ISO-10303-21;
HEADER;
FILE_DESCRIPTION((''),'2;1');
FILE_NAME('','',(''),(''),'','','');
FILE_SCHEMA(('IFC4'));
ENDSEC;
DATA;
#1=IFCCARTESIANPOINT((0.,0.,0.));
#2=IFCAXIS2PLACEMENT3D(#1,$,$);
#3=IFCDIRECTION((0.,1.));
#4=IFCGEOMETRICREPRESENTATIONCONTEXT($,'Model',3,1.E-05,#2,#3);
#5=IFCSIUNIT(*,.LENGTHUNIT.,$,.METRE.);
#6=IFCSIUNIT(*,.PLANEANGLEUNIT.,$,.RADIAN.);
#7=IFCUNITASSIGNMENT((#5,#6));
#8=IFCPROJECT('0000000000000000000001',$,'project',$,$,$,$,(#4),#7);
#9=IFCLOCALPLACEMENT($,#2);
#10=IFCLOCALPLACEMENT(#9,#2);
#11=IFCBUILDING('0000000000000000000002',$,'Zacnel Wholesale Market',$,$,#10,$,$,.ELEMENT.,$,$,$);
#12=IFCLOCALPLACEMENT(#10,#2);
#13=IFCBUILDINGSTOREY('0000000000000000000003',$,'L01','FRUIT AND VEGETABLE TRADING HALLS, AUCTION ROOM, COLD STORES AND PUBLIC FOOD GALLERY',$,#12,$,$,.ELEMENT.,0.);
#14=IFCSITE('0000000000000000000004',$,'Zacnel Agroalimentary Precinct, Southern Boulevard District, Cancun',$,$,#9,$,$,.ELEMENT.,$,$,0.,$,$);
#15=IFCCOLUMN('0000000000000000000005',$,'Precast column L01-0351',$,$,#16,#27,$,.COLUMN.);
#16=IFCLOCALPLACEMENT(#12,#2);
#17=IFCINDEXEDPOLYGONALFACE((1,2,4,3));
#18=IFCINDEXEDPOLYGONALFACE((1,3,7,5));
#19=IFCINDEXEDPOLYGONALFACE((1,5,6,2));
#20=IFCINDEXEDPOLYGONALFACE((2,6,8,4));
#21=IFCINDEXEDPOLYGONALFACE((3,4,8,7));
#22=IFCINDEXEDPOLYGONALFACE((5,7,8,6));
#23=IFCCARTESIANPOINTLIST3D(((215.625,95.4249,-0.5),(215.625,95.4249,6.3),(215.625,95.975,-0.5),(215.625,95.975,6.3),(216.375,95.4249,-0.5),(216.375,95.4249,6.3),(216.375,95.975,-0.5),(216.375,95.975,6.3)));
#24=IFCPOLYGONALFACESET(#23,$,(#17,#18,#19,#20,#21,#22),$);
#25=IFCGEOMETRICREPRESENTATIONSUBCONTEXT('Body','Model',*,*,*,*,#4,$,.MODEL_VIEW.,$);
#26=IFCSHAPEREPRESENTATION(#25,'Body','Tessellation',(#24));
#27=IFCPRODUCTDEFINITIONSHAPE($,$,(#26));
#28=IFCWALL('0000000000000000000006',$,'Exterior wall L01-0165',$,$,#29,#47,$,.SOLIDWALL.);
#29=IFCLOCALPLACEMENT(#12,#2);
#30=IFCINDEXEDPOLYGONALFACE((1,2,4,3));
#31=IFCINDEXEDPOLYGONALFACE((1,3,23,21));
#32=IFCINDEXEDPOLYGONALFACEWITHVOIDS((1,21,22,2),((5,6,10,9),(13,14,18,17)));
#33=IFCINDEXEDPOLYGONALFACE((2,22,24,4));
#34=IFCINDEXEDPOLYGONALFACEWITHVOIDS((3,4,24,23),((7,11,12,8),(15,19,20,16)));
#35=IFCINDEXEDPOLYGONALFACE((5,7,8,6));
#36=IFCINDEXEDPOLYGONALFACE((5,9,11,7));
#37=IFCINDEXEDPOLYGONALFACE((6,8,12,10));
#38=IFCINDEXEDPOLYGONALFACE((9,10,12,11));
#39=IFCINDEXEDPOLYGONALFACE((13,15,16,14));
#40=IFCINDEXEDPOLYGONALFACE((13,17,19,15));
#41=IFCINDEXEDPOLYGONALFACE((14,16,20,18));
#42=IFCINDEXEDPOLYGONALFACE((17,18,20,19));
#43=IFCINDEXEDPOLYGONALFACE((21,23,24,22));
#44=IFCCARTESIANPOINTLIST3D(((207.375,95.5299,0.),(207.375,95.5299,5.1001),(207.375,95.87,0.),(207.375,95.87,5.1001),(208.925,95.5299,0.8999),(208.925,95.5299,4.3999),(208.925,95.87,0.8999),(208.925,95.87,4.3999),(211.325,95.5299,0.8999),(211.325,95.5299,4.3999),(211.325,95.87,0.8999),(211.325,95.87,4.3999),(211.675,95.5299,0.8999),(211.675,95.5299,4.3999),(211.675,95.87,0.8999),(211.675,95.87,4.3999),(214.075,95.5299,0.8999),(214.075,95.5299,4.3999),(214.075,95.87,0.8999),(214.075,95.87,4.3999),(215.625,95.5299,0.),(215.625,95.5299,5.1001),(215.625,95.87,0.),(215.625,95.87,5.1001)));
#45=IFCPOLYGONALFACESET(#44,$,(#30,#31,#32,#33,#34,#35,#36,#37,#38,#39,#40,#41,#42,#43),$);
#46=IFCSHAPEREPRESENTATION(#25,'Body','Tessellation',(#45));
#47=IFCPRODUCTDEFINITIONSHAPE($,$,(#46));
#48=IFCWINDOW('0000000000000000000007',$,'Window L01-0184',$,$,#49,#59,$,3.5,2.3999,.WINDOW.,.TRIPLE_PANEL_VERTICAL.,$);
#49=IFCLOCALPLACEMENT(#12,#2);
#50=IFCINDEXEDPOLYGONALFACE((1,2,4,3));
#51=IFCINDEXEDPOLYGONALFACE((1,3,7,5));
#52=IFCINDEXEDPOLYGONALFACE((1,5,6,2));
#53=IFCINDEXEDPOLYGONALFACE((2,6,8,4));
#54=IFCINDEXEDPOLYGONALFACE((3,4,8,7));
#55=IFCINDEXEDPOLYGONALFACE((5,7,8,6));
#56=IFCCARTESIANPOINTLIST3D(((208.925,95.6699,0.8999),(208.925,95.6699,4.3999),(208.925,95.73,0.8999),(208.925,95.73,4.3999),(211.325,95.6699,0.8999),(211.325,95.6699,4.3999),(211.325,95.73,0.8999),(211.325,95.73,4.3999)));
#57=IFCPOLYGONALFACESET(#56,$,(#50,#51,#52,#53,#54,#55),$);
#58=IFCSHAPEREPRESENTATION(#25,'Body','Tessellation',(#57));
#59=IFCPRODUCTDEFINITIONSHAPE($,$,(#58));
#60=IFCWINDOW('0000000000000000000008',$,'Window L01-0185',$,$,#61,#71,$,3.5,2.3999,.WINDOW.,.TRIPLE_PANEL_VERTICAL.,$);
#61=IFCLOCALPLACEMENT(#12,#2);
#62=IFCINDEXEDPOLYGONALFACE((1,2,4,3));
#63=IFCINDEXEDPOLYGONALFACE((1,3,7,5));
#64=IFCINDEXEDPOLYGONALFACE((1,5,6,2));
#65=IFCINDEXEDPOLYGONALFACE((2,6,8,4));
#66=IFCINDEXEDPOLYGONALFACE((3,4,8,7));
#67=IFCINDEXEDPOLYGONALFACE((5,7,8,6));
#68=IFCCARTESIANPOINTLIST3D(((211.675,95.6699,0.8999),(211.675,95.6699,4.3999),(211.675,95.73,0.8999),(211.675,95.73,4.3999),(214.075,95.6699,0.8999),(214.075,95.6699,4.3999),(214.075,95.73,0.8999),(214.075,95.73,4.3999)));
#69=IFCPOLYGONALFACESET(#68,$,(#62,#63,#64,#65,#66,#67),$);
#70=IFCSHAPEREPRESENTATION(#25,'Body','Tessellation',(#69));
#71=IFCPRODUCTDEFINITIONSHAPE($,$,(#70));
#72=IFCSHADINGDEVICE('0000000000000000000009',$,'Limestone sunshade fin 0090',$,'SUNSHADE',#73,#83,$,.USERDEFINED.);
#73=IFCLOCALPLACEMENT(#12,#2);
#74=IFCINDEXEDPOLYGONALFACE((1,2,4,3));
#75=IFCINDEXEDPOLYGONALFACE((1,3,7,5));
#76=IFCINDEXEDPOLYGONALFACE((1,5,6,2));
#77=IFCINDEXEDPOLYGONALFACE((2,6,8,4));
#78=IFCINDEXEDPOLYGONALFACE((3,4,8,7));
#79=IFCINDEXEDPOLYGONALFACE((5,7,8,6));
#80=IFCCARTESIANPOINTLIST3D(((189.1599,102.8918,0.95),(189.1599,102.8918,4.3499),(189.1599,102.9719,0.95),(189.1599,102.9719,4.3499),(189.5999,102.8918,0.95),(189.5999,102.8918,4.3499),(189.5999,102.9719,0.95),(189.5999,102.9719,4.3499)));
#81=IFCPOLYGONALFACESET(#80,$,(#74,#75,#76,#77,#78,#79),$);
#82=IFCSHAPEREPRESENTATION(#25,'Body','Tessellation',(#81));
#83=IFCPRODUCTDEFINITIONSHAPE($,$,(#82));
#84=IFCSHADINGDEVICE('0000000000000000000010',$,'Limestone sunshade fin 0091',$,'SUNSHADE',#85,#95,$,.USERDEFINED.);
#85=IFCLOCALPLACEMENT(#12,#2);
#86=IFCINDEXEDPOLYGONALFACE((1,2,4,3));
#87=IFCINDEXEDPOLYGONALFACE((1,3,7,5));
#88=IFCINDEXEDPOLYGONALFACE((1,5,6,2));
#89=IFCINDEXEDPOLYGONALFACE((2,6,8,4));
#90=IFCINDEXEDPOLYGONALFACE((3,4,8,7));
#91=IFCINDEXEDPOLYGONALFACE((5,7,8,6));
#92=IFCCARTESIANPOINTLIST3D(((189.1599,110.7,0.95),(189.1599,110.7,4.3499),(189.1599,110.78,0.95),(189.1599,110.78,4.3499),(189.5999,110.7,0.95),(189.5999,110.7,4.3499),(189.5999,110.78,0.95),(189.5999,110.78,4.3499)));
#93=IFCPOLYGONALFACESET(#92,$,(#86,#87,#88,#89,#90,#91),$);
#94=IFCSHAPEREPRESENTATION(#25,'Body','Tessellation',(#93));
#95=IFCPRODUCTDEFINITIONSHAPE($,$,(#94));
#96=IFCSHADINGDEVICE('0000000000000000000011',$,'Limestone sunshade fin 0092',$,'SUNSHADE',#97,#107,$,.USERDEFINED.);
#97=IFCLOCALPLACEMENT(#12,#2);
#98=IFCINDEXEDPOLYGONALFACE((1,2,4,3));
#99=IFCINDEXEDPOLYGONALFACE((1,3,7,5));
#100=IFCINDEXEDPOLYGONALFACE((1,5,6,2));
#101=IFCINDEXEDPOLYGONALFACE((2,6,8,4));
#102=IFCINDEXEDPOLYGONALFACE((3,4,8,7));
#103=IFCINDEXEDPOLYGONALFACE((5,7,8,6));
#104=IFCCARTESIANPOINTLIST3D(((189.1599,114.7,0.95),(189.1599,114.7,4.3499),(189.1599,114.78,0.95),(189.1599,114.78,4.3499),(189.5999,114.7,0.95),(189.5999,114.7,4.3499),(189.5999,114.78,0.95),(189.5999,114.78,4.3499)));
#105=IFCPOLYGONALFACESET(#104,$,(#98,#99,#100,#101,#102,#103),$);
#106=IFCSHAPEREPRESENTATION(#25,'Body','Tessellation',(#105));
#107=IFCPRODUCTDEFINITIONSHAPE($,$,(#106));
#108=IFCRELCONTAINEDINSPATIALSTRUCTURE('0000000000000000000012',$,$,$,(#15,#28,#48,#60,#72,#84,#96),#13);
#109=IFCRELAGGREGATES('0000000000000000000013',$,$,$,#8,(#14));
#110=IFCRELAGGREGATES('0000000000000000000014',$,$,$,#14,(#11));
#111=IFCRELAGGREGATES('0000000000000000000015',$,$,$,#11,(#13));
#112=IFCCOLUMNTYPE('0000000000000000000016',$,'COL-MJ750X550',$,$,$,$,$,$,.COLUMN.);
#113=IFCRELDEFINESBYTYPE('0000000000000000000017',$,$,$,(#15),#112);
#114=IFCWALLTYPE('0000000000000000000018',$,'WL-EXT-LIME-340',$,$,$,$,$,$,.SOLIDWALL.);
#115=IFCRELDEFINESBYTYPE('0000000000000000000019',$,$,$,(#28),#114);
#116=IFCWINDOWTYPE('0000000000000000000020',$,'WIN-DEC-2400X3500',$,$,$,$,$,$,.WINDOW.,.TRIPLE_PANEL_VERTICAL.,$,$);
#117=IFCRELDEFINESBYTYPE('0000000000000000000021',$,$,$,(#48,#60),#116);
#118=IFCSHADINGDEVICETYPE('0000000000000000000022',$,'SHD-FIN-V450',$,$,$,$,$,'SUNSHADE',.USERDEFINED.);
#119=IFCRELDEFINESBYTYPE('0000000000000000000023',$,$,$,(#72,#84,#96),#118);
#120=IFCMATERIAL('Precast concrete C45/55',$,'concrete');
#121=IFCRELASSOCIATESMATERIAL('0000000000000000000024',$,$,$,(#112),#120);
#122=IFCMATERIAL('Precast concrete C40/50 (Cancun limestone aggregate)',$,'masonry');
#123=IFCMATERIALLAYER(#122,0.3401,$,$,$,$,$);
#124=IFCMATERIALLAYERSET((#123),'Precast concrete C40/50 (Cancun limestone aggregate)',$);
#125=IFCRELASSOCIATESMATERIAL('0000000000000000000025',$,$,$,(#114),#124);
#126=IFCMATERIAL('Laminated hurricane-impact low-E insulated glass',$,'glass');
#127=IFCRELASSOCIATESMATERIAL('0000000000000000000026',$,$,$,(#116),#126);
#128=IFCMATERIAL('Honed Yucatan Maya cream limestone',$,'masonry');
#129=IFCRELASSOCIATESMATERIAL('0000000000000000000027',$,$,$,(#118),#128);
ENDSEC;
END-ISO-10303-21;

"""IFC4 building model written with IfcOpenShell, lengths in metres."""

from ifc_helpers import new_model, si_unit, direction, frame, frame_2d, origin, origin_2d, place, context, subcontext, project, spatial, rectangle, extrude, material, layer, layer_set, material_profile, profile_set, type_object, element, fill, save


model = new_model("IFC4")

# Units and contexts
model_context = context("Model", 3, precision=1e-05, world=origin(), true_north=direction((0.0, 1.0)))
body_context = subcontext(model_context, "Body", "Model", "MODEL_VIEW")
ifc_project = project(units=[si_unit("LENGTHUNIT", "METRE"), si_unit("PLANEANGLEUNIT", "RADIAN")], contexts=[model_context])

# Site, building, storey
site_placement = place(None, origin())
site = spatial("IfcSite", under=ifc_project, at=site_placement, Name="Zacnel Agroalimentary Precinct, Southern Boulevard District, Cancun", CompositionType="ELEMENT", RefElevation=0.0)
building_placement = place(site_placement, origin())
building = spatial("IfcBuilding", under=site, at=building_placement, Name="Zacnel Wholesale Market", CompositionType="ELEMENT")
storey_placement = place(building_placement, origin())
storey = spatial("IfcBuildingStorey", under=building, at=storey_placement, Name="L01", Description="FRUIT AND VEGETABLE TRADING HALLS, AUCTION ROOM, COLD STORES AND PUBLIC FOOD GALLERY", CompositionType="ELEMENT", Elevation=0.0)

# Column
ifc_material_1 = material(Name="Precast concrete C45/55", Category="concrete")
ifc_material_profile_1 = material_profile(ifc_material_1, rectangle(XDim=0.75, YDim=0.55, at=origin_2d()), Name="PC 750x550")
ifc_profile_set_1 = profile_set([ifc_material_profile_1], Name="Precast concrete C45/55")
column_type = type_object("IfcColumnType", Name="COL-MJ750X550", PredefinedType="COLUMN", material=ifc_profile_set_1)
for number, where, z_axis, x_axis, name in (
    (1, (216.0, 95.7, -0.5), (0.0, 0.0, 1.0), (1.0, 0.0, 0.0), "Precast column L01-0351"),
):
    element("IfcColumn", number, at=place(storey_placement, frame(where, z_axis=z_axis, x_axis=x_axis)), inside=storey, type_object=column_type, Name=name, PredefinedType="COLUMN", context=body_context, shape_type="SweptSolid", body=[
        extrude(rectangle(XDim=0.75, YDim=0.55, at=origin_2d()), origin(), (0.0, 0.0, 1.0), 6.8),
    ])

# Wall, openings, windows
ifc_material_2 = material(Name="Precast concrete C40/50 (Cancun limestone aggregate)", Category="masonry")
ifc_layer_1 = layer(ifc_material_2, 0.3401)
ifc_layer_set_1 = layer_set([ifc_layer_1], Name="Precast concrete C40/50 (Cancun limestone aggregate)")
wall_type = type_object("IfcWallType", Name="WL-EXT-LIME-340", PredefinedType="SOLIDWALL", material=ifc_layer_set_1)
wall_placement = place(storey_placement, frame((207.375, 95.7, 0.0), z_axis=(0.0, 0.0, 1.0), x_axis=(1.0, 0.0, 0.0)))
wall = element("IfcWall", 2, at=wall_placement, inside=storey, type_object=wall_type, Name="Exterior wall L01-0165", PredefinedType="SOLIDWALL", context=body_context, shape_type="SweptSolid", body=[
    extrude(rectangle(XDim=8.25, YDim=0.3401, at=frame_2d((4.125, 0.0))), origin(), (0.0, 0.0, 1.0), 5.1001),
])
opening_1_placement = place(wall_placement, frame((1.55, 0.0, 0.8999)))
opening_1 = element("IfcOpeningElement", 3, at=opening_1_placement, cuts=wall, PredefinedType="OPENING", context=body_context, shape_type="SweptSolid", body=[
    extrude(rectangle(XDim=2.3999, YDim=3.5, at=frame_2d((1.2, 1.75))), frame((0.0, 0.1799, 0.0), z_axis=(0.0, -1.0, 0.0), x_axis=(1.0, 0.0, 0.0)), (0.0, 0.0, 1.0), 0.3601),
])
opening_2_placement = place(wall_placement, frame((4.3, 0.0, 0.8999)))
opening_2 = element("IfcOpeningElement", 4, at=opening_2_placement, cuts=wall, PredefinedType="OPENING", context=body_context, shape_type="SweptSolid", body=[
    extrude(rectangle(XDim=2.3999, YDim=3.5, at=frame_2d((1.2, 1.75))), frame((0.0, 0.1799, 0.0), z_axis=(0.0, -1.0, 0.0), x_axis=(1.0, 0.0, 0.0)), (0.0, 0.0, 1.0), 0.3601),
])
ifc_material_3 = material(Name="Laminated hurricane-impact low-E insulated glass", Category="glass")
window_type = type_object("IfcWindowType", Name="WIN-DEC-2400X3500", PartitioningType="TRIPLE_PANEL_VERTICAL", PredefinedType="WINDOW", material=ifc_material_3)
window_1_placement = place(opening_1_placement, origin())
window_1 = element("IfcWindow", 5, at=window_1_placement, inside=storey, type_object=window_type, Name="Window L01-0184", OverallHeight=3.5, OverallWidth=2.3999, PartitioningType="TRIPLE_PANEL_VERTICAL", PredefinedType="WINDOW", context=body_context, shape_type="SweptSolid", body=[
    extrude(rectangle(XDim=2.3999, YDim=3.5, at=frame_2d((1.2, 1.75))), frame((0.0, 0.03, 0.0), z_axis=(0.0, -1.0, 0.0), x_axis=(1.0, 0.0, 0.0)), (0.0, 0.0, 1.0), 0.0601),
])
fill(opening_1, window_1)
window_2_placement = place(opening_2_placement, origin())
window_2 = element("IfcWindow", 6, at=window_2_placement, inside=storey, type_object=window_type, Name="Window L01-0185", OverallHeight=3.5, OverallWidth=2.3999, PartitioningType="TRIPLE_PANEL_VERTICAL", PredefinedType="WINDOW", context=body_context, shape_type="SweptSolid", body=[
    extrude(rectangle(XDim=2.3999, YDim=3.5, at=frame_2d((1.2, 1.75))), frame((0.0, 0.03, 0.0), z_axis=(0.0, -1.0, 0.0), x_axis=(1.0, 0.0, 0.0)), (0.0, 0.0, 1.0), 0.0601),
])
fill(opening_2, window_2)

# Shading devices
ifc_material_4 = material(Name="Honed Yucatan Maya cream limestone", Category="masonry")
shading_device_type = type_object("IfcShadingDeviceType", Name="SHD-FIN-V450", ElementType="SUNSHADE", PredefinedType="USERDEFINED", material=ifc_material_4)
for number, where, z_axis, x_axis, name in (
    (7, (189.3799, 102.9319, 0.95), (0.0, 0.0, 1.0), (0.0, 1.0, 0.0), "Limestone sunshade fin 0090"),
    (8, (189.3799, 110.74, 0.95), (0.0, 0.0, 1.0), (0.0, 1.0, 0.0), "Limestone sunshade fin 0091"),
    (9, (189.3799, 114.74, 0.95), (0.0, 0.0, 1.0), (0.0, 1.0, 0.0), "Limestone sunshade fin 0092"),
):
    element("IfcShadingDevice", number, at=place(storey_placement, frame(where, z_axis=z_axis, x_axis=x_axis)), inside=storey, type_object=shading_device_type, Name=name, ObjectType="SUNSHADE", PredefinedType="USERDEFINED", context=body_context, shape_type="SweptSolid", body=[
        extrude(rectangle(XDim=0.0801, YDim=0.4399, at=origin_2d()), origin(), (0.0, 0.0, 1.0), 3.3999),
    ])

save(model, "model.ifc")
